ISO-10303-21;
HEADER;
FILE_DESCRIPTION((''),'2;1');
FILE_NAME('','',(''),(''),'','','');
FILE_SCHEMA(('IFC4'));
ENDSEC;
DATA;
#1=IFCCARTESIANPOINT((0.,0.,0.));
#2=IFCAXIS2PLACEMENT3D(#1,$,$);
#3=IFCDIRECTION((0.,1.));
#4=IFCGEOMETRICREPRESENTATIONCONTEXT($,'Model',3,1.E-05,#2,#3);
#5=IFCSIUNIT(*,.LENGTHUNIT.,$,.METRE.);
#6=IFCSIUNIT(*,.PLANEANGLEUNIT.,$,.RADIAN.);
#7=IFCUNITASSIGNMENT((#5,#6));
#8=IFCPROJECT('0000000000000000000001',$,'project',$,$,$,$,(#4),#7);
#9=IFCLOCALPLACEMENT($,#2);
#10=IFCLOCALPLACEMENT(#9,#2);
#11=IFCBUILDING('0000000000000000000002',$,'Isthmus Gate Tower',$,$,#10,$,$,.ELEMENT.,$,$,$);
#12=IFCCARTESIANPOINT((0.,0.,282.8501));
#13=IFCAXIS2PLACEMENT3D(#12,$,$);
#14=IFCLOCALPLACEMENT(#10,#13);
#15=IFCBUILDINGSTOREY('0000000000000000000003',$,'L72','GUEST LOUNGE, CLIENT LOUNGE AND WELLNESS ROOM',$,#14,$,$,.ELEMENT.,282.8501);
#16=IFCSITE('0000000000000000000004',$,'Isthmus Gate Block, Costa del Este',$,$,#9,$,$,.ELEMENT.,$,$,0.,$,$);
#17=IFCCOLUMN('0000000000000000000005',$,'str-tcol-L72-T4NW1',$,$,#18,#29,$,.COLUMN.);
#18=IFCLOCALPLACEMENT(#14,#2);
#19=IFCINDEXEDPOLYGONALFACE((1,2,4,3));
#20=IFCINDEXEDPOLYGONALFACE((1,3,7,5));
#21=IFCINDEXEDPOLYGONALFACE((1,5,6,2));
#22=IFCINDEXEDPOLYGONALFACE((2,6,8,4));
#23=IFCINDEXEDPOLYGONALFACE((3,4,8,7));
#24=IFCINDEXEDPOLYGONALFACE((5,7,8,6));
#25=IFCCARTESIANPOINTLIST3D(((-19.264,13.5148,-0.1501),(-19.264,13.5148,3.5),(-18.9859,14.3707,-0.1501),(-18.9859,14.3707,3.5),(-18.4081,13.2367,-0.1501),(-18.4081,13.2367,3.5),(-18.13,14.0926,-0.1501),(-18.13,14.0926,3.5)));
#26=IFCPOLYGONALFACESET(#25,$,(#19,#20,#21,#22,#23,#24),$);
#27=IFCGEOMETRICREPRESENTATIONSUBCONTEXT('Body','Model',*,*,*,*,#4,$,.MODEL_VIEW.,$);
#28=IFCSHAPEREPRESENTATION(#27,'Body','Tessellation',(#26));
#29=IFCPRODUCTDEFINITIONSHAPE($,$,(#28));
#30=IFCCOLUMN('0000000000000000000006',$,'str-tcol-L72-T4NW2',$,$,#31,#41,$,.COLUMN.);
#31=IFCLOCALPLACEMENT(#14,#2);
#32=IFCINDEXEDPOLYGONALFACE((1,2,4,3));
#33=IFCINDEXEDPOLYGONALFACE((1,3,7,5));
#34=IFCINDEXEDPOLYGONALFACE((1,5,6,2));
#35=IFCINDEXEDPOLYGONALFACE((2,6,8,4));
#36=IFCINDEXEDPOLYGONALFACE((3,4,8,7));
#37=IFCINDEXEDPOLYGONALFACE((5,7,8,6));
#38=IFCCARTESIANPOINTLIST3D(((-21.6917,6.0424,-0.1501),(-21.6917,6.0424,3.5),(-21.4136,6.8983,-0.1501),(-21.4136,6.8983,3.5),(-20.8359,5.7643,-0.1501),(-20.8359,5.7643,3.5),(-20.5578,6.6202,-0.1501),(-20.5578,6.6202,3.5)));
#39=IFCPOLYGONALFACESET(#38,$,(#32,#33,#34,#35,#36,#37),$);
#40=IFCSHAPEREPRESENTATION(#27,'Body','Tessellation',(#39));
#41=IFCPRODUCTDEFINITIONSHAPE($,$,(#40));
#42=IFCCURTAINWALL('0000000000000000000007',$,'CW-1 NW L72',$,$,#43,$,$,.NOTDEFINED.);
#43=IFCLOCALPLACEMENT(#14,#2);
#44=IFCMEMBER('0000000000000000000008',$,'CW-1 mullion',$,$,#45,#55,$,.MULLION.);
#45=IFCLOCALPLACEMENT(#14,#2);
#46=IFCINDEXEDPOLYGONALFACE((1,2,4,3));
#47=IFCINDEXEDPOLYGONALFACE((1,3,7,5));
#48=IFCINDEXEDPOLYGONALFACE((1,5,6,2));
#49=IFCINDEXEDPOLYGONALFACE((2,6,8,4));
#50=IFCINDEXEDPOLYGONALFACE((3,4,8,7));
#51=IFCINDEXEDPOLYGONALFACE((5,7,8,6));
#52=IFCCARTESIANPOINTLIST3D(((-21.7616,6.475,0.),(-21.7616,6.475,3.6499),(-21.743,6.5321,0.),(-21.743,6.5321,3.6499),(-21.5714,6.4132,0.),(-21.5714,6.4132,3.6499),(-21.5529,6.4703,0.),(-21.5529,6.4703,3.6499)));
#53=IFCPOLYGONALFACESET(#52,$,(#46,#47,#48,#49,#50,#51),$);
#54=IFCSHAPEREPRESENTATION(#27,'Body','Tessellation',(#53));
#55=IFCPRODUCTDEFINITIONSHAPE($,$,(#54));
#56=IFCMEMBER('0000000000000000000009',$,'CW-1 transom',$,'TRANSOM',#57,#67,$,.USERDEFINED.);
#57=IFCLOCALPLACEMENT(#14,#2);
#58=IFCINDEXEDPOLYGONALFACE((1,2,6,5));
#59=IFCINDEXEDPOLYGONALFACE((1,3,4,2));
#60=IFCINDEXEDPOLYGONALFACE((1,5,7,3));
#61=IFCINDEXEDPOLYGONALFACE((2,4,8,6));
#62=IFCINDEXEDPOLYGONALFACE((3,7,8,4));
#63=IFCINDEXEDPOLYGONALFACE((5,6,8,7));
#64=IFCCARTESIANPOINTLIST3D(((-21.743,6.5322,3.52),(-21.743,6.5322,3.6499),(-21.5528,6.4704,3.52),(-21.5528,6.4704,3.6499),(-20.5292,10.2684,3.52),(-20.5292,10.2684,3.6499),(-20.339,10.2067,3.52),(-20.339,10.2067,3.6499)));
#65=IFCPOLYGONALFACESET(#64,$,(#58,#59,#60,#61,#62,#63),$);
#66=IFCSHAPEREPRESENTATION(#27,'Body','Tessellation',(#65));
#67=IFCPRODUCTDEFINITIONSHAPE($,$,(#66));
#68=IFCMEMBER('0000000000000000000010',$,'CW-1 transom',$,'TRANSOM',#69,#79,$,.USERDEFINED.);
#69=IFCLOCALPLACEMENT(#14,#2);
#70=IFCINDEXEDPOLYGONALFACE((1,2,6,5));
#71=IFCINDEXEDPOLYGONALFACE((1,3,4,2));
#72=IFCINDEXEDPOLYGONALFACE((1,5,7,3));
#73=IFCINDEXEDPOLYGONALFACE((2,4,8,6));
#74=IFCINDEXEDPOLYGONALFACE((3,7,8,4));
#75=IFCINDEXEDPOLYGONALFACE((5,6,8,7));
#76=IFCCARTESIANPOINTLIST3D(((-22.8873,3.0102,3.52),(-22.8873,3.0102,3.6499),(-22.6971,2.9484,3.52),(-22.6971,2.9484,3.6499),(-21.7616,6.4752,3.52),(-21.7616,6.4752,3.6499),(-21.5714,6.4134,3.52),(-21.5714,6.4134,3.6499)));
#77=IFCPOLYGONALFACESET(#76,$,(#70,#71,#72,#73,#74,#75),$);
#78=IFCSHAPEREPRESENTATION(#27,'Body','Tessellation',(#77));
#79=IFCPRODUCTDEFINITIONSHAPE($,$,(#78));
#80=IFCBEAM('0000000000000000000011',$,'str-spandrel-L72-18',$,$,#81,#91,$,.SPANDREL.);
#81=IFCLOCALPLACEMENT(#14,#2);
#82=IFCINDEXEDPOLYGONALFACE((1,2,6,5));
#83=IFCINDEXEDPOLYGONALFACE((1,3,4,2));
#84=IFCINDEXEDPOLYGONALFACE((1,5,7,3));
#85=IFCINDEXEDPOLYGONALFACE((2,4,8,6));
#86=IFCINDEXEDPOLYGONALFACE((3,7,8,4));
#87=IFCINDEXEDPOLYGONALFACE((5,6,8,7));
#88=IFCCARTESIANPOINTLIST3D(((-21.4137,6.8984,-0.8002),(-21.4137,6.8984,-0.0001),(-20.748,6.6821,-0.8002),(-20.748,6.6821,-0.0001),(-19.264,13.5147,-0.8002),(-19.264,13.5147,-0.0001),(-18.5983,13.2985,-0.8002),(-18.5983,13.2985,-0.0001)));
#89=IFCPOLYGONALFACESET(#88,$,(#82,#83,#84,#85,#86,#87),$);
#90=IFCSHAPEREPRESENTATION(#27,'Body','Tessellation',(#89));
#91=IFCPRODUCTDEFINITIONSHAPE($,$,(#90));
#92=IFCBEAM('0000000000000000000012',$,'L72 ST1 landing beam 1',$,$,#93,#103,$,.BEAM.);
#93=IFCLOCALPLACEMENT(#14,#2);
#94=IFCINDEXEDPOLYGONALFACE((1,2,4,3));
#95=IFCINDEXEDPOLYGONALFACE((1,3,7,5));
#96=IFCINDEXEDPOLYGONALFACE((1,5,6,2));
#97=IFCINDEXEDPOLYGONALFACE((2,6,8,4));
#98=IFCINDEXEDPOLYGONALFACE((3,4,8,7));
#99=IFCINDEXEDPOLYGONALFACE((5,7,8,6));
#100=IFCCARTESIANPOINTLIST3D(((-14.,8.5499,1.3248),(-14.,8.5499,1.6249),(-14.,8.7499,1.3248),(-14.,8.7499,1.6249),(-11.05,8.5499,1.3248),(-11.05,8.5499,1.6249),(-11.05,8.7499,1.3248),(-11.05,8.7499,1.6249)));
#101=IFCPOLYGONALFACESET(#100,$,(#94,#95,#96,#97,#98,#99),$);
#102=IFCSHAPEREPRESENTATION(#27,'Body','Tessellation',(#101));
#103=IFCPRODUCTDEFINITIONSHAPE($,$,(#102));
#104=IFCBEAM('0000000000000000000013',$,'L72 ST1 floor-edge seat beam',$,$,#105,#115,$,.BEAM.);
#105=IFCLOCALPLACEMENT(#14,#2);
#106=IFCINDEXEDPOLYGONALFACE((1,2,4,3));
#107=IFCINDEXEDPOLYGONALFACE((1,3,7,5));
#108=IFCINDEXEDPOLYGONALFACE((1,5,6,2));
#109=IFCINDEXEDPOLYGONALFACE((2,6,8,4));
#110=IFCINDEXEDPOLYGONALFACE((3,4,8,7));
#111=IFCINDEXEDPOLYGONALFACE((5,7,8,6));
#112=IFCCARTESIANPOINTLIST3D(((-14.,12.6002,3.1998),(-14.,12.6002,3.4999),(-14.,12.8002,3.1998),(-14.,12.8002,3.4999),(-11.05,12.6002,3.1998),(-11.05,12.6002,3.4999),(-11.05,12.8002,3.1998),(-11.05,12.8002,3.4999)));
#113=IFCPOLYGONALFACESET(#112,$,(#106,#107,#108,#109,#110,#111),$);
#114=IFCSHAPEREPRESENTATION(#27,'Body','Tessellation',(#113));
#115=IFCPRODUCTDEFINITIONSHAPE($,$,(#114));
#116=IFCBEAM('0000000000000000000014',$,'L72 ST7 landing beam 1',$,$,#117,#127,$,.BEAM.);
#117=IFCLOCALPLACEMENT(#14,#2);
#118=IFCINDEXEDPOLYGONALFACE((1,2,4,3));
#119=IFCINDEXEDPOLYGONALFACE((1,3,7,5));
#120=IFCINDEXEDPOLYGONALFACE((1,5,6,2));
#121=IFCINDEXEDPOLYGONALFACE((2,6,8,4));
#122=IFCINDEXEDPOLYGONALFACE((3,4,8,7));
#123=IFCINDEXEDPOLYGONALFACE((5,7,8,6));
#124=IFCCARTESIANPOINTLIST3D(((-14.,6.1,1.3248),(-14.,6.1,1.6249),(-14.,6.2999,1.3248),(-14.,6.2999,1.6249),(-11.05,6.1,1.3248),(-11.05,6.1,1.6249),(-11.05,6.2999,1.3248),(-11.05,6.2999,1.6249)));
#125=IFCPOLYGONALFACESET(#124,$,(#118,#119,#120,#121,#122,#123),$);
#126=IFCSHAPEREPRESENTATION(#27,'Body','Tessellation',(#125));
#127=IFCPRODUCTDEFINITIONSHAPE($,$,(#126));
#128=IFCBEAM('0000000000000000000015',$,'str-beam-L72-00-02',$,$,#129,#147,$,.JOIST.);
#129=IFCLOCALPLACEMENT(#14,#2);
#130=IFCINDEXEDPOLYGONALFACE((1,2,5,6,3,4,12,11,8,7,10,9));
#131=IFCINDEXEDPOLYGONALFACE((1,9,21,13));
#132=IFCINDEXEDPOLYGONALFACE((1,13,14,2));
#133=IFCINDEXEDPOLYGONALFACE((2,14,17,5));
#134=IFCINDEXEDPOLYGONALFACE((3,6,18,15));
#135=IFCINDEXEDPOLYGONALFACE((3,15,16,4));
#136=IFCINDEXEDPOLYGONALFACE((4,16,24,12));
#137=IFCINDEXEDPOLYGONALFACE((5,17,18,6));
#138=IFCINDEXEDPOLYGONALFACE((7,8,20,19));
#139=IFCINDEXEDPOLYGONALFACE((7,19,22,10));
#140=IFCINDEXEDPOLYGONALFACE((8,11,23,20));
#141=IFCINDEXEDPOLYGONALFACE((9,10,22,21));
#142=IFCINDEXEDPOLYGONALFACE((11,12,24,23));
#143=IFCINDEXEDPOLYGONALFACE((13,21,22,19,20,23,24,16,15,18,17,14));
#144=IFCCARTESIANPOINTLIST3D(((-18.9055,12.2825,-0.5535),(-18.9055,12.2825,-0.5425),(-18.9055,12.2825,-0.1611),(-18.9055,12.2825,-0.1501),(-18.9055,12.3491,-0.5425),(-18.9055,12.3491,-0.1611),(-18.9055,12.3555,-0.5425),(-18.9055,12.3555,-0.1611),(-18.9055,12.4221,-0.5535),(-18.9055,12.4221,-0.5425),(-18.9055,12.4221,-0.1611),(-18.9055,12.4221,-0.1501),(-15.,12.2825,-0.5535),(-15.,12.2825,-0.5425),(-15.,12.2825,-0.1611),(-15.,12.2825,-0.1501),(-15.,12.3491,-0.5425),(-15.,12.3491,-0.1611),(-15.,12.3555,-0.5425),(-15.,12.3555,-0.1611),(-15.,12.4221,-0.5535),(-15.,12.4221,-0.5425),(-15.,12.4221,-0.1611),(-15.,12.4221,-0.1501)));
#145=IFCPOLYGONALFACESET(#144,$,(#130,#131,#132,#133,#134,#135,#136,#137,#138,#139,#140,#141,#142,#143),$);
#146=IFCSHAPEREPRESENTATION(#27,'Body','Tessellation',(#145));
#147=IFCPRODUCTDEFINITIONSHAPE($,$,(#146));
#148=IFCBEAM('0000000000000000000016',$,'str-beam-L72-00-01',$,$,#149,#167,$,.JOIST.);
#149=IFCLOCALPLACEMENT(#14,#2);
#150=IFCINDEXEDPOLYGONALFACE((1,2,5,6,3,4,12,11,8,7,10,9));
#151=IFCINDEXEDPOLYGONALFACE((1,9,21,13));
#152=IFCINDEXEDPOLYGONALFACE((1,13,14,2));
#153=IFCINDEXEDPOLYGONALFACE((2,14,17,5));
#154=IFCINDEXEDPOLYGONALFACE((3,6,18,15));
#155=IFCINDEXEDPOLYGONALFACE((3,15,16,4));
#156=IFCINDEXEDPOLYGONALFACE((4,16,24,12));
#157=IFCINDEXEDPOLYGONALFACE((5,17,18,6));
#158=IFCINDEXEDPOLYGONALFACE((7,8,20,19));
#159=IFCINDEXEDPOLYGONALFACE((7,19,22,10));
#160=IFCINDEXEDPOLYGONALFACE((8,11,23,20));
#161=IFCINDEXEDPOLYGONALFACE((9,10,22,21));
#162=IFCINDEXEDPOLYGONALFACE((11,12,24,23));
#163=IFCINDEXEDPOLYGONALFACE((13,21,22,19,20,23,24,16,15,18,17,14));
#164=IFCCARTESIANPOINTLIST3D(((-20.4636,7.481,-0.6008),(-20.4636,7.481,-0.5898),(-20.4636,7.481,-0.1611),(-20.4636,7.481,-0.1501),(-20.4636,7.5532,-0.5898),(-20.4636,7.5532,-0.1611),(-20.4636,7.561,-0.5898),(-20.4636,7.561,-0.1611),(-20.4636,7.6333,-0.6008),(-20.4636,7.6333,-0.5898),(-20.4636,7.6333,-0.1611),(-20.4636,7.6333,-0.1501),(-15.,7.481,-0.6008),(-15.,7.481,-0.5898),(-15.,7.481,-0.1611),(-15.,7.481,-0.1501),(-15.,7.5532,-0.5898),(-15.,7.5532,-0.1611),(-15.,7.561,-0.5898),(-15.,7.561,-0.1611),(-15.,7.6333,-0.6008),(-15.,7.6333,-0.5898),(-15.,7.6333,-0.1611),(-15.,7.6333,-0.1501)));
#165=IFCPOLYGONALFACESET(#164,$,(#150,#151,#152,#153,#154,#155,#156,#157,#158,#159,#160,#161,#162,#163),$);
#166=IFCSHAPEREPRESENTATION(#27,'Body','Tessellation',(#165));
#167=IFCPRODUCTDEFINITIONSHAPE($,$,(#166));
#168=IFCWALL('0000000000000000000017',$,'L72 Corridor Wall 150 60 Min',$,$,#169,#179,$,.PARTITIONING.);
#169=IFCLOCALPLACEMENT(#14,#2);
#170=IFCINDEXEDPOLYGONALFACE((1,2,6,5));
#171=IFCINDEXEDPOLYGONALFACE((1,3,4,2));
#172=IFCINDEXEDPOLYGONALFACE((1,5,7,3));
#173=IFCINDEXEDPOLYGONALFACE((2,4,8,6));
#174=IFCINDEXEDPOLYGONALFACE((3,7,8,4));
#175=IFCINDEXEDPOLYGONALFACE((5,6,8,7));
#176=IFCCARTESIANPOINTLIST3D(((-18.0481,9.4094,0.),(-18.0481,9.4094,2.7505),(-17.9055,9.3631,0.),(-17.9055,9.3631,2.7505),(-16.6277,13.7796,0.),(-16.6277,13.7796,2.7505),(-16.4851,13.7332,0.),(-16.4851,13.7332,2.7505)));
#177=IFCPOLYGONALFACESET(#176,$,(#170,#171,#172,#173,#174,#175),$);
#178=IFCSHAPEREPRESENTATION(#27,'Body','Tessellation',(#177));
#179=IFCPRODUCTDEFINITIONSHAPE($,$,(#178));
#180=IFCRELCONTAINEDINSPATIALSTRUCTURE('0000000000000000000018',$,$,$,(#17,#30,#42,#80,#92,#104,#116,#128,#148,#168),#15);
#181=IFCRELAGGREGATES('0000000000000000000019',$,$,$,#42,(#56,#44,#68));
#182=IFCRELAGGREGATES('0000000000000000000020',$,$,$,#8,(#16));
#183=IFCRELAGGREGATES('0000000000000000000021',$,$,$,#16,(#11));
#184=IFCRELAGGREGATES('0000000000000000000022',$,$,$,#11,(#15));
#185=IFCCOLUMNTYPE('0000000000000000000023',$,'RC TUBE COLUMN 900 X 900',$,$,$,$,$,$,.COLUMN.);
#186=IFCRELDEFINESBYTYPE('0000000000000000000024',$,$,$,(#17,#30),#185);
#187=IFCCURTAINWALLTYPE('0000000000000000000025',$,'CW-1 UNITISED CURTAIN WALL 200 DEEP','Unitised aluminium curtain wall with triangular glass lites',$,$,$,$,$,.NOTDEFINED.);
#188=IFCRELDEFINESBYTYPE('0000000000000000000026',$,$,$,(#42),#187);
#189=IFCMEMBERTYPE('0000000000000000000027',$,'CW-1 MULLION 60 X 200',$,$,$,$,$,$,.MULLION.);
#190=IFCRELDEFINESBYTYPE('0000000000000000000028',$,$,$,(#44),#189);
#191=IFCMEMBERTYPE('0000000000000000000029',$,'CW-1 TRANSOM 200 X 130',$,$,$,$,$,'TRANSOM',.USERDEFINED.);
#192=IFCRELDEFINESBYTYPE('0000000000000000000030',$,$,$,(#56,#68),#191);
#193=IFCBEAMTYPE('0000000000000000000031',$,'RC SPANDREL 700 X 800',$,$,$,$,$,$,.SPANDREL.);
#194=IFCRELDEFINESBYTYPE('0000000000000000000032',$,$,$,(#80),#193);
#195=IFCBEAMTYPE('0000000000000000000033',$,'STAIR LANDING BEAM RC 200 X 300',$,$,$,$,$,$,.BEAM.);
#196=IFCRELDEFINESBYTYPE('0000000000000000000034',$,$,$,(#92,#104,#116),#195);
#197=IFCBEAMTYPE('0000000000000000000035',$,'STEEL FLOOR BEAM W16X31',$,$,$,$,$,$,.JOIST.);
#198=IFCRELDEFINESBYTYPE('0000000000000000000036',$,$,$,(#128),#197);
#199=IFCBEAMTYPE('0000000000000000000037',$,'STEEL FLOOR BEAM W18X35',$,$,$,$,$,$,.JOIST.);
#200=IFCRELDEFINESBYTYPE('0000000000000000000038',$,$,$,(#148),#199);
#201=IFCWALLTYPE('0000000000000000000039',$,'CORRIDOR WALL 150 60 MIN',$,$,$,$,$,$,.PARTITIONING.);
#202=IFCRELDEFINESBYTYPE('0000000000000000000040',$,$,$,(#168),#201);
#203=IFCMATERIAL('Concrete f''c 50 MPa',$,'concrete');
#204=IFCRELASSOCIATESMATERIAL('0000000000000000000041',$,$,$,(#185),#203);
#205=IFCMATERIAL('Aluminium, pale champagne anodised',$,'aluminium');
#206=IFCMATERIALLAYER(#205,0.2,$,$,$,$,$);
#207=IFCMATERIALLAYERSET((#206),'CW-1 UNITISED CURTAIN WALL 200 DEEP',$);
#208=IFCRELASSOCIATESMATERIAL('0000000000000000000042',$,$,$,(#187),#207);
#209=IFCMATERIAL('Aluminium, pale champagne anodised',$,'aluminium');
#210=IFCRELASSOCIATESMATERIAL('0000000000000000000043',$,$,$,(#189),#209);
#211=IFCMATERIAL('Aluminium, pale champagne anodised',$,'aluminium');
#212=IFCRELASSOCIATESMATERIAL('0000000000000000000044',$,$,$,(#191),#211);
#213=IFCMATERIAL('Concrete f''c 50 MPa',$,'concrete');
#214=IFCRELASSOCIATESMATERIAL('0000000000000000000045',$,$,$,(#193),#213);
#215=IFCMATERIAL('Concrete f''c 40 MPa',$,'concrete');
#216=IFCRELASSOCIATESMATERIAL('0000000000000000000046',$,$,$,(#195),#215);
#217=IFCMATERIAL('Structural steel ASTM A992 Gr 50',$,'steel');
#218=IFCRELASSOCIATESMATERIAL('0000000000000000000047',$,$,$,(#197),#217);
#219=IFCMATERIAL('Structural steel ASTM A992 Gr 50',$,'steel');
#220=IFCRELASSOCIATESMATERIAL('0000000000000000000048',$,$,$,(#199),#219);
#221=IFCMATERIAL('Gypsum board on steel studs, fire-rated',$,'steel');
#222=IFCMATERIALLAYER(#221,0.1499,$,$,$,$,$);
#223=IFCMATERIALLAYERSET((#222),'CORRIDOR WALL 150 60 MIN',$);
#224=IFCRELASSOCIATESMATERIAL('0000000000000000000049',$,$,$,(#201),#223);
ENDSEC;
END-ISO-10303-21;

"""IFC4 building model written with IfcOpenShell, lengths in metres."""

from ifc_helpers import new_model, si_unit, direction, frame, frame_2d, origin, origin_2d, place, context, subcontext, project, spatial, rectangle, i_section, extrude, material, layer, layer_set, material_profile, profile_set, type_object, element, aggregate, save


model = new_model("IFC4")

# Units and contexts
model_context = context("Model", 3, precision=1e-05, world=origin(), true_north=direction((0.0, 1.0)))
body_context = subcontext(model_context, "Body", "Model", "MODEL_VIEW")
ifc_project = project(units=[si_unit("LENGTHUNIT", "METRE"), si_unit("PLANEANGLEUNIT", "RADIAN")], contexts=[model_context])

# Site, building, storey
site_placement = place(None, origin())
site = spatial("IfcSite", under=ifc_project, at=site_placement, Name="Isthmus Gate Block, Costa del Este", CompositionType="ELEMENT", RefElevation=0.0)
building_placement = place(site_placement, origin())
building = spatial("IfcBuilding", under=site, at=building_placement, Name="Isthmus Gate Tower", CompositionType="ELEMENT")
storey_placement = place(building_placement, frame((0.0, 0.0, 282.8501)))
storey = spatial("IfcBuildingStorey", under=building, at=storey_placement, Name="L72", Description="GUEST LOUNGE, CLIENT LOUNGE AND WELLNESS ROOM", CompositionType="ELEMENT", Elevation=282.8501)

# Columns
ifc_material_1 = material(Name="Concrete f'c 50 MPa", Category="concrete")
ifc_material_profile_1 = material_profile(ifc_material_1, rectangle(XDim=0.8999, YDim=0.8999, at=origin_2d()), Name="RC 900X900")
ifc_profile_set_1 = profile_set([ifc_material_profile_1], Name="Concrete f'c 50 MPa")
column_type = type_object("IfcColumnType", Name="RC TUBE COLUMN 900 X 900", PredefinedType="COLUMN", material=ifc_profile_set_1)
for number, where, z_axis, x_axis, name in (
    (1, (-18.697, 13.8037, -0.1501), (0.0, 0.0, 1.0), (-0.309017, -0.951057, 0.0), "str-tcol-L72-T4NW1"),
    (2, (-21.1248, 6.3313, -0.1501), (0.0, 0.0, 1.0), (-0.309017, -0.951057, 0.0), "str-tcol-L72-T4NW2"),
):
    element("IfcColumn", number, at=place(storey_placement, frame(where, z_axis=z_axis, x_axis=x_axis)), inside=storey, type_object=column_type, Name=name, PredefinedType="COLUMN", context=body_context, shape_type="SweptSolid", body=[
        extrude(rectangle(XDim=0.8999, YDim=0.8999, at=origin_2d()), origin(), (0.0, 0.0, 1.0), 3.6501),
    ])

# Curtain wall, members
ifc_material_2 = material(Name="Aluminium, pale champagne anodised", Category="aluminium")
ifc_layer_1 = layer(ifc_material_2, 0.2)
ifc_layer_set_1 = layer_set([ifc_layer_1], Name="CW-1 UNITISED CURTAIN WALL 200 DEEP")
curtain_wall_type = type_object("IfcCurtainWallType", Name="CW-1 UNITISED CURTAIN WALL 200 DEEP", Description="Unitised aluminium curtain wall with triangular glass lites", PredefinedType="NOTDEFINED", material=ifc_layer_set_1)
curtain_wall_placement = place(storey_placement, origin())
curtain_wall = element("IfcCurtainWall", 3, at=curtain_wall_placement, inside=storey, type_object=curtain_wall_type, Name="CW-1 NW L72", PredefinedType="NOTDEFINED")
ifc_material_3 = material(Name="Aluminium, pale champagne anodised", Category="aluminium")
ifc_material_profile_2 = material_profile(ifc_material_3, rectangle(XDim=0.0601, YDim=0.2, at=origin_2d()), Name="60x200")
ifc_profile_set_2 = profile_set([ifc_material_profile_2], Name="Aluminium, pale champagne anodised")
member_type_1 = type_object("IfcMemberType", Name="CW-1 MULLION 60 X 200", PredefinedType="MULLION", material=ifc_profile_set_2)
member_1_placement = place(storey_placement, frame((-21.6572, 6.4727, 0.0), z_axis=(0.0, 0.0, 1.0), x_axis=(-0.309017, -0.951057, 0.0)))
member_1 = element("IfcMember", 4, at=member_1_placement, type_object=member_type_1, Name="CW-1 mullion", PredefinedType="MULLION", context=body_context, shape_type="SweptSolid", body=[
    extrude(rectangle(XDim=0.0601, YDim=0.2, at=origin_2d()), origin(), (0.0, 0.0, 1.0), 3.6499),
])
ifc_material_4 = material(Name="Aluminium, pale champagne anodised", Category="aluminium")
ifc_material_profile_3 = material_profile(ifc_material_4, rectangle(XDim=0.2, YDim=0.1299, at=origin_2d()), Name="200x130")
ifc_profile_set_3 = profile_set([ifc_material_profile_3], Name="Aluminium, pale champagne anodised")
member_type_2 = type_object("IfcMemberType", Name="CW-1 TRANSOM 200 X 130", ElementType="TRANSOM", PredefinedType="USERDEFINED", material=ifc_profile_set_3)
member_2_placement = place(storey_placement, frame((-20.4341, 10.2375, 3.585), z_axis=(-0.308985, -0.951067, 0.0), x_axis=(0.951067, -0.308985, 0.0)))
member_2 = element("IfcMember", 5, at=member_2_placement, type_object=member_type_2, Name="CW-1 transom", ObjectType="TRANSOM", PredefinedType="USERDEFINED", context=body_context, shape_type="SweptSolid", body=[
    extrude(rectangle(XDim=0.2, YDim=0.1299, at=origin_2d()), origin(), (0.0, 0.0, 1.0), 3.9285),
])
member_3_placement = place(storey_placement, frame((-21.6665, 6.4443, 3.585), z_axis=(-0.308982, -0.951068, 0.0), x_axis=(0.951068, -0.308982, 0.0)))
member_3 = element("IfcMember", 6, at=member_3_placement, type_object=member_type_2, Name="CW-1 transom", ObjectType="TRANSOM", PredefinedType="USERDEFINED", context=body_context, shape_type="SweptSolid", body=[
    extrude(rectangle(XDim=0.2, YDim=0.1299, at=origin_2d()), origin(), (0.0, 0.0, 1.0), 3.6433),
])

# Beams
ifc_material_5 = material(Name="Concrete f'c 50 MPa", Category="concrete")
ifc_material_profile_4 = material_profile(ifc_material_5, rectangle(XDim=0.7, YDim=0.8, at=origin_2d()), Name="RC 700X800")
ifc_profile_set_4 = profile_set([ifc_material_profile_4], Name="Concrete f'c 50 MPa")
beam_type_1 = type_object("IfcBeamType", Name="RC SPANDREL 700 X 800", PredefinedType="SPANDREL", material=ifc_profile_set_4)
beam_1_placement = place(storey_placement, frame((-21.0808, 6.7903, -0.4001), z_axis=(0.309007, 0.95106, 0.0), x_axis=(-0.95106, 0.309007, 0.0)))
element("IfcBeam", 7, at=beam_1_placement, inside=storey, type_object=beam_type_1, Name="str-spandrel-L72-18", PredefinedType="SPANDREL", context=body_context, shape_type="SweptSolid", body=[
    extrude(rectangle(XDim=0.7, YDim=0.8, at=origin_2d()), origin(), (0.0, 0.0, 1.0), 6.9568),
])
ifc_material_6 = material(Name="Concrete f'c 40 MPa", Category="concrete")
ifc_material_profile_5 = material_profile(ifc_material_6, rectangle(XDim=0.2, YDim=0.3, at=origin_2d()), Name="STAIR LANDING BEAM RC 200 X 300")
ifc_profile_set_5 = profile_set([ifc_material_profile_5], Name="Concrete f'c 40 MPa")
beam_type_2 = type_object("IfcBeamType", Name="STAIR LANDING BEAM RC 200 X 300", PredefinedType="BEAM", material=ifc_profile_set_5)
for number, where, z_axis, x_axis, name in (
    (8, (-14.0, 8.6499, 1.4749), (1.0, 0.0, 0.0), (0.0, 1.0, 0.0), "L72 ST1 landing beam 1"),
    (9, (-14.0, 12.7002, 3.3499), (1.0, 0.0, 0.0), (0.0, 1.0, 0.0), "L72 ST1 floor-edge seat beam"),
    (10, (-14.0, 6.2, 1.4749), (1.0, 0.0, 0.0), (0.0, 1.0, 0.0), "L72 ST7 landing beam 1"),
):
    element("IfcBeam", number, at=place(storey_placement, frame(where, z_axis=z_axis, x_axis=x_axis)), inside=storey, type_object=beam_type_2, Name=name, PredefinedType="BEAM", context=body_context, shape_type="SweptSolid", body=[
        extrude(rectangle(XDim=0.2, YDim=0.3, at=origin_2d()), origin(), (0.0, 0.0, 1.0), 2.95),
    ])
ifc_material_7 = material(Name="Structural steel ASTM A992 Gr 50", Category="steel")
ifc_material_profile_6 = material_profile(ifc_material_7, i_section(OverallWidth=0.1396, OverallDepth=0.4033, WebThickness=0.0063, FlangeThickness=0.011, at=origin_2d()), Name="W16X31")
ifc_profile_set_6 = profile_set([ifc_material_profile_6], Name="Structural steel ASTM A992 Gr 50")
beam_type_3 = type_object("IfcBeamType", Name="STEEL FLOOR BEAM W16X31", PredefinedType="JOIST", material=ifc_profile_set_6)
beam_2_placement = place(storey_placement, frame((-18.9055, 12.3523, -0.3518), z_axis=(1.0, 0.0, 0.0), x_axis=(0.0, 1.0, 0.0)))
element("IfcBeam", 11, at=beam_2_placement, inside=storey, type_object=beam_type_3, Name="str-beam-L72-00-02", PredefinedType="JOIST", context=body_context, shape_type="SweptSolid", body=[
    extrude(i_section(OverallWidth=0.1396, OverallDepth=0.4033, WebThickness=0.0063, FlangeThickness=0.011, at=origin_2d()), origin(), (0.0, 0.0, 1.0), 3.9055),
])
ifc_material_8 = material(Name="Structural steel ASTM A992 Gr 50", Category="steel")
ifc_material_profile_7 = material_profile(ifc_material_8, i_section(OverallWidth=0.1523, OverallDepth=0.4507, WebThickness=0.0078, FlangeThickness=0.011, at=origin_2d()), Name="W18X35")
ifc_profile_set_7 = profile_set([ifc_material_profile_7], Name="Structural steel ASTM A992 Gr 50")
beam_type_4 = type_object("IfcBeamType", Name="STEEL FLOOR BEAM W18X35", PredefinedType="JOIST", material=ifc_profile_set_7)
beam_3_placement = place(storey_placement, frame((-20.4636, 7.5571, -0.3755), z_axis=(1.0, 0.0, 0.0), x_axis=(0.0, 1.0, 0.0)))
element("IfcBeam", 12, at=beam_3_placement, inside=storey, type_object=beam_type_4, Name="str-beam-L72-00-01", PredefinedType="JOIST", context=body_context, shape_type="SweptSolid", body=[
    extrude(i_section(OverallWidth=0.1523, OverallDepth=0.4507, WebThickness=0.0078, FlangeThickness=0.011, at=origin_2d()), origin(), (0.0, 0.0, 1.0), 5.4636),
])

# Wall
ifc_material_9 = material(Name="Gypsum board on steel studs, fire-rated", Category="steel")
ifc_layer_2 = layer(ifc_material_9, 0.1499)
ifc_layer_set_2 = layer_set([ifc_layer_2], Name="CORRIDOR WALL 150 60 MIN")
wall_type_1 = type_object("IfcWallType", Name="CORRIDOR WALL 150 60 MIN", PredefinedType="PARTITIONING", material=ifc_layer_set_2)
wall_1_placement = place(storey_placement, frame((-17.9768, 9.3862, 0.0), z_axis=(0.0, 0.0, 1.0), x_axis=(0.30911, 0.951026, 0.0)))
element("IfcWall", 13, at=wall_1_placement, inside=storey, type_object=wall_type_1, Name="L72 Corridor Wall 150 60 Min", PredefinedType="PARTITIONING", context=body_context, shape_type="SweptSolid", body=[
    extrude(rectangle(XDim=4.5952, YDim=0.1499, at=frame_2d((2.2976, 0.0))), origin(), (0.0, 0.0, 1.0), 2.7505),
])

aggregate(curtain_wall, [member_2, member_1, member_3])

save(model, "model.ifc")
